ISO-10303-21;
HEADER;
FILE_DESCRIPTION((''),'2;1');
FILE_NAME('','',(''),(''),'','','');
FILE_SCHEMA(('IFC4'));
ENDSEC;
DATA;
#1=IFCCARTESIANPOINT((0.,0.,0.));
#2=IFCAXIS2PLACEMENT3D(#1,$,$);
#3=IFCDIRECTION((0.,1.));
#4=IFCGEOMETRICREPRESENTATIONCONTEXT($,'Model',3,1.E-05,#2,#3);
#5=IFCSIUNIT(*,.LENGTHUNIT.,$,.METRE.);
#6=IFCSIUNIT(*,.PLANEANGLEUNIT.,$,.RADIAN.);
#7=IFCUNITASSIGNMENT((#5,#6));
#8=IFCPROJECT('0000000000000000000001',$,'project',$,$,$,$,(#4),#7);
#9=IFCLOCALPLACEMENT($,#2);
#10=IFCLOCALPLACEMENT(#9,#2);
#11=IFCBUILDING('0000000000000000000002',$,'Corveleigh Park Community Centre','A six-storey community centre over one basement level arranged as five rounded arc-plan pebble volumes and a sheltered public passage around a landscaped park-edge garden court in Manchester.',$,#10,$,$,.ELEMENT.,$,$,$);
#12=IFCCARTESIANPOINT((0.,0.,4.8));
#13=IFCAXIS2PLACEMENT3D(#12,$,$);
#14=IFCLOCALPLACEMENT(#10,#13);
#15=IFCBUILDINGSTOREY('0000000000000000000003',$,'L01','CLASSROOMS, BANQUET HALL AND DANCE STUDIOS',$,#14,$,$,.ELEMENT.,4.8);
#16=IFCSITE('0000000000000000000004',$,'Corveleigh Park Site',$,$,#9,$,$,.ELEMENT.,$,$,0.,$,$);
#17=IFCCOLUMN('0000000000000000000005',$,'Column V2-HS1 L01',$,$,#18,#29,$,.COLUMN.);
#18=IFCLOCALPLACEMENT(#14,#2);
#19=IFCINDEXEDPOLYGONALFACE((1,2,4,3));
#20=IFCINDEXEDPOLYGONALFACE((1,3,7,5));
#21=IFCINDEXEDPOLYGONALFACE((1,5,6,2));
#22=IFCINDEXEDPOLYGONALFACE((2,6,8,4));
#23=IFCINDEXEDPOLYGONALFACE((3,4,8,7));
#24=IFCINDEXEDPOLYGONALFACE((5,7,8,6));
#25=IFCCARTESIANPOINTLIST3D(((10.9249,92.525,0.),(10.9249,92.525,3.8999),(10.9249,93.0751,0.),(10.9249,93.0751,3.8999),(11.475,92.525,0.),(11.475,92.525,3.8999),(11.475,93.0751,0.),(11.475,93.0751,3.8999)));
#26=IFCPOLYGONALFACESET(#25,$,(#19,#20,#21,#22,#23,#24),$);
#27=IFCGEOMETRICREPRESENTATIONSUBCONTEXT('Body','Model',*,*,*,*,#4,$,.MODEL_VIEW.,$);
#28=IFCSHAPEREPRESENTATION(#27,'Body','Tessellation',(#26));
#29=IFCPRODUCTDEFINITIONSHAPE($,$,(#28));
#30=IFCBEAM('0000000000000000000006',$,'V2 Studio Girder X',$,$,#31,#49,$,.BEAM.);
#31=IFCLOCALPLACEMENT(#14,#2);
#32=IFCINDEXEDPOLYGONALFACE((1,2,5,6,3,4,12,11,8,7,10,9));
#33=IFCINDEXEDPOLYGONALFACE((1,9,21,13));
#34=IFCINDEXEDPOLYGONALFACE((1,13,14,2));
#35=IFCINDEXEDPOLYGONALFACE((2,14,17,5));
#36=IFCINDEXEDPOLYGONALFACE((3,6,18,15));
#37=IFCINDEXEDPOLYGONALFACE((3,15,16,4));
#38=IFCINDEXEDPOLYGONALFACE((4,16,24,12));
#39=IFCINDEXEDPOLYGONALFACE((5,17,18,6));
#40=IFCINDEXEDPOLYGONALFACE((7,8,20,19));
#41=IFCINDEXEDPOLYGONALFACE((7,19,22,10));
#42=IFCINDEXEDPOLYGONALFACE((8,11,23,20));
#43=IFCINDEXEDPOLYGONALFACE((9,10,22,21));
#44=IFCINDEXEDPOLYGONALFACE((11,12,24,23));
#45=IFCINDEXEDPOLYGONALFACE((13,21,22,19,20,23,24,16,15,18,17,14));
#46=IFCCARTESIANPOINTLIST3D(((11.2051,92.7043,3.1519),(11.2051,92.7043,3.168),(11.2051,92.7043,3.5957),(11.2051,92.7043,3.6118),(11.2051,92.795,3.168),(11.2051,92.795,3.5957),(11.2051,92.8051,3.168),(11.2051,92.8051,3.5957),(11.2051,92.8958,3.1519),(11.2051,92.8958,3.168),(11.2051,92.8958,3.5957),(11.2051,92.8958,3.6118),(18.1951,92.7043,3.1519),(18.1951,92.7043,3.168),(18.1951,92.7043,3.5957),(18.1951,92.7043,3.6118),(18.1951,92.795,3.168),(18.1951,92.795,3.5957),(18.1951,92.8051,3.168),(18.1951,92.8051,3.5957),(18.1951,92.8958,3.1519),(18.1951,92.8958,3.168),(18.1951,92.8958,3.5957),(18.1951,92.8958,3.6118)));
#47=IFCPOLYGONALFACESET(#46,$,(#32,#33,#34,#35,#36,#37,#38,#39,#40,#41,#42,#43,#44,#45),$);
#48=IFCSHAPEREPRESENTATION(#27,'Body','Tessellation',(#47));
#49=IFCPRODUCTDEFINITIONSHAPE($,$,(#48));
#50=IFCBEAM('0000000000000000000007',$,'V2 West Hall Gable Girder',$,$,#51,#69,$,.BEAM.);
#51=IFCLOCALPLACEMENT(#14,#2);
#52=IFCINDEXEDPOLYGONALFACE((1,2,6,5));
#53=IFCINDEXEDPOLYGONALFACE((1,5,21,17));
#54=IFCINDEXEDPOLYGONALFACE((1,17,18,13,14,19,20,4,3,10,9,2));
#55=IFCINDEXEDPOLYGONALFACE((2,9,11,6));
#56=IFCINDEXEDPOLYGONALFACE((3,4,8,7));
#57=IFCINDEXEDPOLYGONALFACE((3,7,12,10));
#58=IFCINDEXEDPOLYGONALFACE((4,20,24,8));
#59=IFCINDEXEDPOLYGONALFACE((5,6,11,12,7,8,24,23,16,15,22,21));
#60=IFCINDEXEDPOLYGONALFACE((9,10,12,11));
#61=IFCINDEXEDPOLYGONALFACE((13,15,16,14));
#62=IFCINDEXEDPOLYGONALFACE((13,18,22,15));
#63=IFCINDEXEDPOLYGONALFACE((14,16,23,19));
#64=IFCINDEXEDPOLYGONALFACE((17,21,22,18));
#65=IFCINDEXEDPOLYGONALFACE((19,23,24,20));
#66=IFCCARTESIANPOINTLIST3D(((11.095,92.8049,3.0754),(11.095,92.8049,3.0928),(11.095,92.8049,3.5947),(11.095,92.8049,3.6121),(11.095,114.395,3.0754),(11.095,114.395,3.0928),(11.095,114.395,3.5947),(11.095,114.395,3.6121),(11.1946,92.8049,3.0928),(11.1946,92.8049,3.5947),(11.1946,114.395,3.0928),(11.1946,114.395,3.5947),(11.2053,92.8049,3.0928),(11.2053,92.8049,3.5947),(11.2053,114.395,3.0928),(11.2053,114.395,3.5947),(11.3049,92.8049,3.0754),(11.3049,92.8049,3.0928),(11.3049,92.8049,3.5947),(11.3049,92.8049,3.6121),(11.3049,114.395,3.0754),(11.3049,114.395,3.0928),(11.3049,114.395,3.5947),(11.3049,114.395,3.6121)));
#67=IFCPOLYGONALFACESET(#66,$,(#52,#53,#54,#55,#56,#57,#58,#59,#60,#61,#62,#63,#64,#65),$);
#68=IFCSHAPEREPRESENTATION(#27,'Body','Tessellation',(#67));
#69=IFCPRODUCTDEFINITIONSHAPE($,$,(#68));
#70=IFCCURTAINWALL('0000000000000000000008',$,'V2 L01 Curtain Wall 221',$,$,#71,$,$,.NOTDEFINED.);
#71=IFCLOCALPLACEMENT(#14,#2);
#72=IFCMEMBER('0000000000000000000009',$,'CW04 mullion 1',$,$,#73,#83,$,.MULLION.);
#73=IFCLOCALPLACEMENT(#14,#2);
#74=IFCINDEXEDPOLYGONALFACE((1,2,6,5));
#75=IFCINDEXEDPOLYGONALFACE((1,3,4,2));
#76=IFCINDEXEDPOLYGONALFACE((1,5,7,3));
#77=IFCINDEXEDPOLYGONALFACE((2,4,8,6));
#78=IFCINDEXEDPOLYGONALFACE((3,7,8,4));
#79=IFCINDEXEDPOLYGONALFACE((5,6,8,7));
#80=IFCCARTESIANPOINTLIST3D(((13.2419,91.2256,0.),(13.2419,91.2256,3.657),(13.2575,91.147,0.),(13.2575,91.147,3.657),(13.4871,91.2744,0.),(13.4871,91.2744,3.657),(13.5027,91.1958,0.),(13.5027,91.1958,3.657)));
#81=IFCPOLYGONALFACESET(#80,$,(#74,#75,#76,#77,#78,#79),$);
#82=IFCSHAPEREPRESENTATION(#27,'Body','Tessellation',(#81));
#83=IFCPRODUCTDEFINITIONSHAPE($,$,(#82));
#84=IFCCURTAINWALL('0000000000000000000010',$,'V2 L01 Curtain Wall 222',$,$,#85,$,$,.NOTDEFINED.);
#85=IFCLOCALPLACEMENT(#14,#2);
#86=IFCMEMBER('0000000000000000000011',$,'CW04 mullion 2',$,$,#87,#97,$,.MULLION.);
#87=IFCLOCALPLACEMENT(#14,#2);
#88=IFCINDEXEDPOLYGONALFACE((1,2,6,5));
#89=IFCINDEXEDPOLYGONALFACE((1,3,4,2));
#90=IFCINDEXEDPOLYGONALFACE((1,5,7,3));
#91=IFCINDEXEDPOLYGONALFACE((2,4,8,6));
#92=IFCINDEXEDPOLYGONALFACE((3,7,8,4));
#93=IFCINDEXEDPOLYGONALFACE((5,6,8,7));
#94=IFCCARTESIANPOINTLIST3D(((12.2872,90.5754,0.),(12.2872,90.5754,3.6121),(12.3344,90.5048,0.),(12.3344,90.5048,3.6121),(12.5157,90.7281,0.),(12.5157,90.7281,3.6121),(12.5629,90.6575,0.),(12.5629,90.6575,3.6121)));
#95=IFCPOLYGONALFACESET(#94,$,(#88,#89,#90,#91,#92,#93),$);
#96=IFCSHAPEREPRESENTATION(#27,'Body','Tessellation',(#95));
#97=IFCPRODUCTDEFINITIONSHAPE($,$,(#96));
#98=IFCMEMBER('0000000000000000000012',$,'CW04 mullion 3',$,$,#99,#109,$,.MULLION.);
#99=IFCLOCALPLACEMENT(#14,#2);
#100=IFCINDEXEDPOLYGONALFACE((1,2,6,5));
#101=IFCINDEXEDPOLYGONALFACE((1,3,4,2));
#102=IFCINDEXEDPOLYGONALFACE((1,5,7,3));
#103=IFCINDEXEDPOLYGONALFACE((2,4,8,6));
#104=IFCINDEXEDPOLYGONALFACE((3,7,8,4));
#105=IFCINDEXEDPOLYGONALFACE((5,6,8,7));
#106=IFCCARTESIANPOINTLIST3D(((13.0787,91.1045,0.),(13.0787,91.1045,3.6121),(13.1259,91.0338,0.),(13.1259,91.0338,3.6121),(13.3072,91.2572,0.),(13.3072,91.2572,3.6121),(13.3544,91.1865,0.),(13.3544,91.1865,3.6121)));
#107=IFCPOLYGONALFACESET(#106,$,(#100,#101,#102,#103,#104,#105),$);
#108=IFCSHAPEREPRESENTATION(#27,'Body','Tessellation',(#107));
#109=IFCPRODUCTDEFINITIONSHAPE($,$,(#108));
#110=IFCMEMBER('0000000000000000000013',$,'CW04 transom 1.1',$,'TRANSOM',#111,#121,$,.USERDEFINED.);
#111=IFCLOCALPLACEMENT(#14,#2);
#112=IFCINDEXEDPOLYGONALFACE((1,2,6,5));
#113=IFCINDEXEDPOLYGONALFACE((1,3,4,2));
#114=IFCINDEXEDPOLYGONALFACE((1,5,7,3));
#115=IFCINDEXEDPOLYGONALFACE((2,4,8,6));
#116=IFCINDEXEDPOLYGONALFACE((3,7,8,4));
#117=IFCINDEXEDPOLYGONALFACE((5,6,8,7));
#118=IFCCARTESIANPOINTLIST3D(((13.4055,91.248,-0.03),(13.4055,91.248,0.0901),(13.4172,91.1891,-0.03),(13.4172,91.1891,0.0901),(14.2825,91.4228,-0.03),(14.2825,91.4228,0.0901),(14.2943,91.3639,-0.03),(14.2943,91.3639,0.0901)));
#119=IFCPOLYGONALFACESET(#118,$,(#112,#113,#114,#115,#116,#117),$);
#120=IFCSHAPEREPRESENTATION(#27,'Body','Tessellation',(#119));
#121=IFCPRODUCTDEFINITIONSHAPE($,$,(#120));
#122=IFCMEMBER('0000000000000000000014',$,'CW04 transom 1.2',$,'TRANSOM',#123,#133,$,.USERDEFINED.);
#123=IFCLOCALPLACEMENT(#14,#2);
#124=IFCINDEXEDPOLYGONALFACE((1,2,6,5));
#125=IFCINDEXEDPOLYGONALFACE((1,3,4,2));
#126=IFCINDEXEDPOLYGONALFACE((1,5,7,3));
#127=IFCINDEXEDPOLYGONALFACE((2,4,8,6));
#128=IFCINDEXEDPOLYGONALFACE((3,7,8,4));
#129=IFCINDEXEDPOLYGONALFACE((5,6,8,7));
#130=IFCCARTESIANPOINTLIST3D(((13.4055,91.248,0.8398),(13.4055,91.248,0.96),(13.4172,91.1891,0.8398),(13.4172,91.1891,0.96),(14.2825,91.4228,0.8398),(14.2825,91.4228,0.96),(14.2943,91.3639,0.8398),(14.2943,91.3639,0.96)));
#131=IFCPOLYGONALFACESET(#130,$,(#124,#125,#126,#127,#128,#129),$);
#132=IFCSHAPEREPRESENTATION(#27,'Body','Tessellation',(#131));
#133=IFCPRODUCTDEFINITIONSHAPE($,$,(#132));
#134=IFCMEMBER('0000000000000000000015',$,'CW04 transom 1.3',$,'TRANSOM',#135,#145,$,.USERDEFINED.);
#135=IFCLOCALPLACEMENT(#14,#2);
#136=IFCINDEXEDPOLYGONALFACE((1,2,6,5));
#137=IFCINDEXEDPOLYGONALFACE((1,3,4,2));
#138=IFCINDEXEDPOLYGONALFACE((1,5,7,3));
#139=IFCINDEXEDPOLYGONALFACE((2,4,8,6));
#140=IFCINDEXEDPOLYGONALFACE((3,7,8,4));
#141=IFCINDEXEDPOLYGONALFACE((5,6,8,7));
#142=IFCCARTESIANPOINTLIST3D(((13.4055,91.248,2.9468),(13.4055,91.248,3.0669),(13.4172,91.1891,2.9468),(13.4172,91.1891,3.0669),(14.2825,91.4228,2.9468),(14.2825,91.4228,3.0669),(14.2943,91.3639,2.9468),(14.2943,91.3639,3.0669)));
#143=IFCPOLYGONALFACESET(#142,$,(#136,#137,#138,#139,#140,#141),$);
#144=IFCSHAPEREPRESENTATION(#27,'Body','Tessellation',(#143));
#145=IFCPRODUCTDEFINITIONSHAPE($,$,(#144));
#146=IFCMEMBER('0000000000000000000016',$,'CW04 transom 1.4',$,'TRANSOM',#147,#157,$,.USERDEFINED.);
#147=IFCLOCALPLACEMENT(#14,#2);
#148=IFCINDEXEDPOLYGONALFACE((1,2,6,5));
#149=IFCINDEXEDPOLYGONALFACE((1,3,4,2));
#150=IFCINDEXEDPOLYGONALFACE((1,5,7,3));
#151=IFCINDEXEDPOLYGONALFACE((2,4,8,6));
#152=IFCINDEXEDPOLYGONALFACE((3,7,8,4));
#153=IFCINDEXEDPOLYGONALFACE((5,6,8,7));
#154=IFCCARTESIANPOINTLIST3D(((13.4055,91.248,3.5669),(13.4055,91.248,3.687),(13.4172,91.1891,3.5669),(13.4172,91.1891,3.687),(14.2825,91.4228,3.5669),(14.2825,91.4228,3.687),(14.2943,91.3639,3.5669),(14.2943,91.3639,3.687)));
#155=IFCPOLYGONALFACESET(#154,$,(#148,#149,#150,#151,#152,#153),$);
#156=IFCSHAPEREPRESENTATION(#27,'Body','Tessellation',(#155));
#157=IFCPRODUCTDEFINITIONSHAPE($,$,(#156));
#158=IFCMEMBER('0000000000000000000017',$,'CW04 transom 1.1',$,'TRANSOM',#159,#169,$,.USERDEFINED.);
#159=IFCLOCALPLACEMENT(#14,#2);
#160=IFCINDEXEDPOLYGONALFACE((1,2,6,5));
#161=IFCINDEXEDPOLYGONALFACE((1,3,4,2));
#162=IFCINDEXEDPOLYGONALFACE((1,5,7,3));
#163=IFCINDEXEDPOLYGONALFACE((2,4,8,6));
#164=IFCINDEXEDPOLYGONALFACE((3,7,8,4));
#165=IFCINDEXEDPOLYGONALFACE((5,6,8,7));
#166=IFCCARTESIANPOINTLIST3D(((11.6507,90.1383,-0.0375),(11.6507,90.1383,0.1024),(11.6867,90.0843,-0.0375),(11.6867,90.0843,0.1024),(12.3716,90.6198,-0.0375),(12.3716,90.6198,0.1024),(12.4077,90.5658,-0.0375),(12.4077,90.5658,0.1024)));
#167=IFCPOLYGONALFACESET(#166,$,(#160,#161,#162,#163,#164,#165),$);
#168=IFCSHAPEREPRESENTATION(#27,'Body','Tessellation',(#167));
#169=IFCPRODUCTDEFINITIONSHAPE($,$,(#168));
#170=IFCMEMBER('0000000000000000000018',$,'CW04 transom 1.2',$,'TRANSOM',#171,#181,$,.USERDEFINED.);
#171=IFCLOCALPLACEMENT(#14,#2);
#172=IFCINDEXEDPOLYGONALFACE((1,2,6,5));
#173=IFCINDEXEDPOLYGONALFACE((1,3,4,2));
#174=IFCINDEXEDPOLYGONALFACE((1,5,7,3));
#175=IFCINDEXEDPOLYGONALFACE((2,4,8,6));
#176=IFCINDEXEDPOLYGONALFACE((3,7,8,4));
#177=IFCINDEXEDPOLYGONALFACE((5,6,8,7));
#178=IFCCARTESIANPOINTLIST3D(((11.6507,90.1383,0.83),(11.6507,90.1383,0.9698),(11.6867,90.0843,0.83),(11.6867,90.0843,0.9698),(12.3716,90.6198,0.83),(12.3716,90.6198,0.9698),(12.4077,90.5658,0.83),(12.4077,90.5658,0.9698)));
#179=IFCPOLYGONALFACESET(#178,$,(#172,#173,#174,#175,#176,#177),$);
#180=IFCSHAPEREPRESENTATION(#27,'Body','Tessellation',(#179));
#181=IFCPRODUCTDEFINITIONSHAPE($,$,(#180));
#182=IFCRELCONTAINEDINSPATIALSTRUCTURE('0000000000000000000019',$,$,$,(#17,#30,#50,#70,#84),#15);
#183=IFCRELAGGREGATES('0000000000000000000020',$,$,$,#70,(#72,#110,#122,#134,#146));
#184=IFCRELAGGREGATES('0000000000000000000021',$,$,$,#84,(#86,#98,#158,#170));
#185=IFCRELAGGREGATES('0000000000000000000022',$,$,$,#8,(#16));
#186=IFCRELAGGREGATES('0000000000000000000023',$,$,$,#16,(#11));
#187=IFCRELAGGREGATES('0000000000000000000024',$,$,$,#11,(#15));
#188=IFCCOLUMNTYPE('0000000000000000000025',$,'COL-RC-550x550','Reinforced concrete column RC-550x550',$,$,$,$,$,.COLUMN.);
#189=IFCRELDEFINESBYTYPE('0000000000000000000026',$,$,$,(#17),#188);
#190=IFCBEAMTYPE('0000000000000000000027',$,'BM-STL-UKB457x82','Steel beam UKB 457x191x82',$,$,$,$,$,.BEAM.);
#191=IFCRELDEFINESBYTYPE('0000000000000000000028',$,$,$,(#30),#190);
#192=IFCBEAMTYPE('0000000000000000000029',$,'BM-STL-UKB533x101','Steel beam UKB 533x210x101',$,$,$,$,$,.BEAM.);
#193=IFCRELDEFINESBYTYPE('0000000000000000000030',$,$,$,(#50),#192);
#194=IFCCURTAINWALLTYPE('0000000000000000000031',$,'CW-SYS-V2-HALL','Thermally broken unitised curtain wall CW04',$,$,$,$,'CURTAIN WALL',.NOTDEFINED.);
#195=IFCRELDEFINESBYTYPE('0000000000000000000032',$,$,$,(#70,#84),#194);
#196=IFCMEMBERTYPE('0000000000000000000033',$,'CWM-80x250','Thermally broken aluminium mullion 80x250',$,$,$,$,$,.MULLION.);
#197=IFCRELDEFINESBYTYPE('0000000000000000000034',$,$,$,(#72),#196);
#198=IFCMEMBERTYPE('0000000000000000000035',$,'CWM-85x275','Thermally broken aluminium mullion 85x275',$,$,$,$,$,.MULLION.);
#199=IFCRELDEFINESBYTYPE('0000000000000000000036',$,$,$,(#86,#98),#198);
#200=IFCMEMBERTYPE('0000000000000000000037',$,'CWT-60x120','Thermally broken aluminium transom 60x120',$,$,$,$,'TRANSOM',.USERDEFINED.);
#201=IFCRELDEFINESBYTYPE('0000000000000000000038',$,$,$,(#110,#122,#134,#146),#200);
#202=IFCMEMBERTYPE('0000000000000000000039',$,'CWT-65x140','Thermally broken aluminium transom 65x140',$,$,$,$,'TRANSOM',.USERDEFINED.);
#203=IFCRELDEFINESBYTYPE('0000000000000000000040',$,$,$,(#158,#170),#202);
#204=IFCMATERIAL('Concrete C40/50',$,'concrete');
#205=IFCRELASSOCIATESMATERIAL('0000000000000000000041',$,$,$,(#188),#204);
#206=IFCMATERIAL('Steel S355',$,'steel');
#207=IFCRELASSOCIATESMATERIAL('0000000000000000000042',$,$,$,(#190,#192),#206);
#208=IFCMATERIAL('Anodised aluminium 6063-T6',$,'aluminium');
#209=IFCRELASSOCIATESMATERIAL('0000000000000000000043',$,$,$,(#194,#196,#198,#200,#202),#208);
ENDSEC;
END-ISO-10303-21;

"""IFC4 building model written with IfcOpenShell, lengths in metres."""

from ifc_helpers import new_model, si_unit, direction, frame, origin, origin_2d, place, context, subcontext, project, spatial, rectangle, i_section, extrude, material, material_profile, profile_set, type_object, element, aggregate, save


model = new_model("IFC4")

# Units and contexts
model_context = context("Model", 3, precision=1e-05, world=origin(), true_north=direction((0.0, 1.0)))
body_context = subcontext(model_context, "Body", "Model", "MODEL_VIEW")
ifc_project = project(units=[si_unit("LENGTHUNIT", "METRE"), si_unit("PLANEANGLEUNIT", "RADIAN")], contexts=[model_context])

# Site, building, storey
site_placement = place(None, origin())
site = spatial("IfcSite", under=ifc_project, at=site_placement, Name="Corveleigh Park Site", CompositionType="ELEMENT", RefElevation=0.0)
building_placement = place(site_placement, origin())
building = spatial("IfcBuilding", under=site, at=building_placement, Name="Corveleigh Park Community Centre", Description="A six-storey community centre over one basement level arranged as five rounded arc-plan pebble volumes and a sheltered public passage around a landscaped park-edge garden court in Manchester.", CompositionType="ELEMENT")
storey_placement = place(building_placement, frame((0.0, 0.0, 4.8)))
storey = spatial("IfcBuildingStorey", under=building, at=storey_placement, Name="L01", Description="CLASSROOMS, BANQUET HALL AND DANCE STUDIOS", CompositionType="ELEMENT", Elevation=4.8)

# Column
ifc_material_1 = material(Name="Concrete C40/50", Category="concrete")
ifc_material_profile_1 = material_profile(ifc_material_1, rectangle(XDim=0.55, YDim=0.55, at=origin_2d()), Name="RC-550x550", Category="concrete")
ifc_profile_set_1 = profile_set([ifc_material_profile_1], Name="Concrete C40/50")
column_type = type_object("IfcColumnType", Name="COL-RC-550x550", Description="Reinforced concrete column RC-550x550", PredefinedType="COLUMN", material=ifc_profile_set_1)
column_placement = place(storey_placement, frame((11.2, 92.8, 0.0), z_axis=(0.0, 0.0, 1.0), x_axis=(1.0, 0.0, 0.0)))
element("IfcColumn", 1, at=column_placement, inside=storey, type_object=column_type, Name="Column V2-HS1 L01", PredefinedType="COLUMN", context=body_context, shape_type="SweptSolid", body=[
    extrude(rectangle(XDim=0.55, YDim=0.55, at=origin_2d()), origin(), (0.0, 0.0, 1.0), 3.8999),
])

# Beams
ifc_material_2 = material(Name="Steel S355", Category="steel")
ifc_material_profile_2 = material_profile(ifc_material_2, i_section(OverallWidth=0.1914, OverallDepth=0.46, WebThickness=0.01, FlangeThickness=0.0161, at=origin_2d()), Name="UKB 457x191x82", Category="steel")
ifc_profile_set_2 = profile_set([ifc_material_profile_2], Name="Steel S355")
beam_type_1 = type_object("IfcBeamType", Name="BM-STL-UKB457x82", Description="Steel beam UKB 457x191x82", PredefinedType="BEAM", material=ifc_profile_set_2)
beam_1_placement = place(storey_placement, frame((11.2051, 92.8, 3.3818), z_axis=(1.0, 0.0, 0.0), x_axis=(0.0, 1.0, 0.0)))
element("IfcBeam", 2, at=beam_1_placement, inside=storey, type_object=beam_type_1, Name="V2 Studio Girder X", PredefinedType="BEAM", context=body_context, shape_type="SweptSolid", body=[
    extrude(i_section(OverallWidth=0.1914, OverallDepth=0.46, WebThickness=0.01, FlangeThickness=0.0161, at=origin_2d()), origin(), (0.0, 0.0, 1.0), 6.99),
])
ifc_material_profile_3 = material_profile(ifc_material_2, i_section(OverallWidth=0.21, OverallDepth=0.5366, WebThickness=0.0107, FlangeThickness=0.0173, at=origin_2d()), Name="UKB 533x210x101", Category="steel")
ifc_profile_set_3 = profile_set([ifc_material_profile_3], Name="Steel S355")
beam_type_2 = type_object("IfcBeamType", Name="BM-STL-UKB533x101", Description="Steel beam UKB 533x210x101", PredefinedType="BEAM", material=ifc_profile_set_3)
beam_2_placement = place(storey_placement, frame((11.2, 92.8049, 3.3438), z_axis=(0.0, 1.0, 0.0), x_axis=(-1.0, 0.0, 0.0)))
element("IfcBeam", 3, at=beam_2_placement, inside=storey, type_object=beam_type_2, Name="V2 West Hall Gable Girder", PredefinedType="BEAM", context=body_context, shape_type="SweptSolid", body=[
    extrude(i_section(OverallWidth=0.21, OverallDepth=0.5366, WebThickness=0.0107, FlangeThickness=0.0173, at=origin_2d()), origin(), (0.0, 0.0, 1.0), 21.5901),
])

# Curtain wall, member
ifc_material_3 = material(Name="Anodised aluminium 6063-T6", Category="aluminium")
curtain_wall_type = type_object("IfcCurtainWallType", Name="CW-SYS-V2-HALL", Description="Thermally broken unitised curtain wall CW04", ElementType="CURTAIN WALL", PredefinedType="NOTDEFINED", material=ifc_material_3)
curtain_wall_1_placement = place(storey_placement, origin())
curtain_wall_1 = element("IfcCurtainWall", 4, at=curtain_wall_1_placement, inside=storey, type_object=curtain_wall_type, Name="V2 L01 Curtain Wall 221", PredefinedType="NOTDEFINED")
ifc_material_profile_4 = material_profile(ifc_material_3, rectangle(XDim=0.0801, YDim=0.25, at=origin_2d()), Name="ALU-M80x250", Category="aluminium")
ifc_profile_set_4 = profile_set([ifc_material_profile_4], Name="Anodised aluminium 6063-T6")
member_type_1 = type_object("IfcMemberType", Name="CWM-80x250", Description="Thermally broken aluminium mullion 80x250", PredefinedType="MULLION", material=ifc_profile_set_4)
member_1_placement = place(storey_placement, frame((13.3723, 91.2107, 0.0), z_axis=(0.0, 0.0, 1.0), x_axis=(-0.195263, 0.980751, 0.0)))
member_1 = element("IfcMember", 5, at=member_1_placement, type_object=member_type_1, Name="CW04 mullion 1", PredefinedType="MULLION", context=body_context, shape_type="SweptSolid", body=[
    extrude(rectangle(XDim=0.0801, YDim=0.25, at=origin_2d()), origin(), (0.0, 0.0, 1.0), 3.657),
])

# Curtain wall, members
curtain_wall_2_placement = place(storey_placement, origin())
curtain_wall_2 = element("IfcCurtainWall", 6, at=curtain_wall_2_placement, inside=storey, type_object=curtain_wall_type, Name="V2 L01 Curtain Wall 222", PredefinedType="NOTDEFINED")
ifc_material_profile_5 = material_profile(ifc_material_3, rectangle(XDim=0.085, YDim=0.2749, at=origin_2d()), Name="ALU-M85x275", Category="aluminium")
ifc_profile_set_5 = profile_set([ifc_material_profile_5], Name="Anodised aluminium 6063-T6")
member_type_2 = type_object("IfcMemberType", Name="CWM-85x275", Description="Thermally broken aluminium mullion 85x275", PredefinedType="MULLION", material=ifc_profile_set_5)
member_2_placement = place(storey_placement, frame((12.425, 90.6165, 0.0), z_axis=(0.0, 0.0, 1.0), x_axis=(-0.555512, 0.831509, 0.0)))
member_2 = element("IfcMember", 7, at=member_2_placement, type_object=member_type_2, Name="CW04 mullion 2", PredefinedType="MULLION", context=body_context, shape_type="SweptSolid", body=[
    extrude(rectangle(XDim=0.085, YDim=0.2749, at=origin_2d()), origin(), (0.0, 0.0, 1.0), 3.6121),
])
member_3_placement = place(storey_placement, frame((13.2166, 91.1455, 0.0), z_axis=(0.0, 0.0, 1.0), x_axis=(-0.555512, 0.831509, 0.0)))
member_3 = element("IfcMember", 8, at=member_3_placement, type_object=member_type_2, Name="CW04 mullion 3", PredefinedType="MULLION", context=body_context, shape_type="SweptSolid", body=[
    extrude(rectangle(XDim=0.085, YDim=0.2749, at=origin_2d()), origin(), (0.0, 0.0, 1.0), 3.6121),
])

# Members
ifc_material_profile_6 = material_profile(ifc_material_3, rectangle(XDim=0.0601, YDim=0.1201, at=origin_2d()), Name="ALU-T60x120", Category="aluminium")
ifc_profile_set_6 = profile_set([ifc_material_profile_6], Name="Anodised aluminium 6063-T6")
member_type_3 = type_object("IfcMemberType", Name="CWT-60x120", Description="Thermally broken aluminium transom 60x120", ElementType="TRANSOM", PredefinedType="USERDEFINED", material=ifc_profile_set_6)
member_4_placement = place(storey_placement, frame((13.4114, 91.2185, 0.03), z_axis=(0.980706, 0.195486, 0.0), x_axis=(-0.195486, 0.980706, 0.0)))
member_4 = element("IfcMember", 9, at=member_4_placement, type_object=member_type_3, Name="CW04 transom 1.1", ObjectType="TRANSOM", PredefinedType="USERDEFINED", context=body_context, shape_type="SweptSolid", body=[
    extrude(rectangle(XDim=0.0601, YDim=0.1201, at=origin_2d()), origin(), (0.0, 0.0, 1.0), 0.8943),
])
member_5_placement = place(storey_placement, frame((13.4114, 91.2185, 0.8999), z_axis=(0.980706, 0.195486, 0.0), x_axis=(-0.195486, 0.980706, 0.0)))
member_5 = element("IfcMember", 10, at=member_5_placement, type_object=member_type_3, Name="CW04 transom 1.2", ObjectType="TRANSOM", PredefinedType="USERDEFINED", context=body_context, shape_type="SweptSolid", body=[
    extrude(rectangle(XDim=0.0601, YDim=0.1201, at=origin_2d()), origin(), (0.0, 0.0, 1.0), 0.8943),
])
member_6_placement = place(storey_placement, frame((13.4114, 91.2185, 3.0068), z_axis=(0.980706, 0.195486, 0.0), x_axis=(-0.195486, 0.980706, 0.0)))
member_6 = element("IfcMember", 11, at=member_6_placement, type_object=member_type_3, Name="CW04 transom 1.3", ObjectType="TRANSOM", PredefinedType="USERDEFINED", context=body_context, shape_type="SweptSolid", body=[
    extrude(rectangle(XDim=0.0601, YDim=0.1201, at=origin_2d()), origin(), (0.0, 0.0, 1.0), 0.8943),
])
member_7_placement = place(storey_placement, frame((13.4114, 91.2185, 3.627), z_axis=(0.980706, 0.195486, 0.0), x_axis=(-0.195486, 0.980706, 0.0)))
member_7 = element("IfcMember", 12, at=member_7_placement, type_object=member_type_3, Name="CW04 transom 1.4", ObjectType="TRANSOM", PredefinedType="USERDEFINED", context=body_context, shape_type="SweptSolid", body=[
    extrude(rectangle(XDim=0.0601, YDim=0.1201, at=origin_2d()), origin(), (0.0, 0.0, 1.0), 0.8943),
])
ifc_material_profile_7 = material_profile(ifc_material_3, rectangle(XDim=0.0649, YDim=0.1399, at=origin_2d()), Name="ALU-T65x140", Category="aluminium")
ifc_profile_set_7 = profile_set([ifc_material_profile_7], Name="Anodised aluminium 6063-T6")
member_type_4 = type_object("IfcMemberType", Name="CWT-65x140", Description="Thermally broken aluminium transom 65x140", ElementType="TRANSOM", PredefinedType="USERDEFINED", material=ifc_profile_set_7)
member_8_placement = place(storey_placement, frame((11.6687, 90.1113, 0.0325), z_axis=(0.831617, 0.55535, 0.0), x_axis=(-0.55535, 0.831617, 0.0)))
member_8 = element("IfcMember", 13, at=member_8_placement, type_object=member_type_4, Name="CW04 transom 1.1", ObjectType="TRANSOM", PredefinedType="USERDEFINED", context=body_context, shape_type="SweptSolid", body=[
    extrude(rectangle(XDim=0.0649, YDim=0.1399, at=origin_2d()), origin(), (0.0, 0.0, 1.0), 0.8669),
])
member_9_placement = place(storey_placement, frame((11.6687, 90.1113, 0.8999), z_axis=(0.831617, 0.55535, 0.0), x_axis=(-0.55535, 0.831617, 0.0)))
member_9 = element("IfcMember", 14, at=member_9_placement, type_object=member_type_4, Name="CW04 transom 1.2", ObjectType="TRANSOM", PredefinedType="USERDEFINED", context=body_context, shape_type="SweptSolid", body=[
    extrude(rectangle(XDim=0.0649, YDim=0.1399, at=origin_2d()), origin(), (0.0, 0.0, 1.0), 0.8669),
])

aggregate(curtain_wall_1, [member_1, member_4, member_5, member_6, member_7])
aggregate(curtain_wall_2, [member_2, member_3, member_8, member_9])

save(model, "model.ifc")
